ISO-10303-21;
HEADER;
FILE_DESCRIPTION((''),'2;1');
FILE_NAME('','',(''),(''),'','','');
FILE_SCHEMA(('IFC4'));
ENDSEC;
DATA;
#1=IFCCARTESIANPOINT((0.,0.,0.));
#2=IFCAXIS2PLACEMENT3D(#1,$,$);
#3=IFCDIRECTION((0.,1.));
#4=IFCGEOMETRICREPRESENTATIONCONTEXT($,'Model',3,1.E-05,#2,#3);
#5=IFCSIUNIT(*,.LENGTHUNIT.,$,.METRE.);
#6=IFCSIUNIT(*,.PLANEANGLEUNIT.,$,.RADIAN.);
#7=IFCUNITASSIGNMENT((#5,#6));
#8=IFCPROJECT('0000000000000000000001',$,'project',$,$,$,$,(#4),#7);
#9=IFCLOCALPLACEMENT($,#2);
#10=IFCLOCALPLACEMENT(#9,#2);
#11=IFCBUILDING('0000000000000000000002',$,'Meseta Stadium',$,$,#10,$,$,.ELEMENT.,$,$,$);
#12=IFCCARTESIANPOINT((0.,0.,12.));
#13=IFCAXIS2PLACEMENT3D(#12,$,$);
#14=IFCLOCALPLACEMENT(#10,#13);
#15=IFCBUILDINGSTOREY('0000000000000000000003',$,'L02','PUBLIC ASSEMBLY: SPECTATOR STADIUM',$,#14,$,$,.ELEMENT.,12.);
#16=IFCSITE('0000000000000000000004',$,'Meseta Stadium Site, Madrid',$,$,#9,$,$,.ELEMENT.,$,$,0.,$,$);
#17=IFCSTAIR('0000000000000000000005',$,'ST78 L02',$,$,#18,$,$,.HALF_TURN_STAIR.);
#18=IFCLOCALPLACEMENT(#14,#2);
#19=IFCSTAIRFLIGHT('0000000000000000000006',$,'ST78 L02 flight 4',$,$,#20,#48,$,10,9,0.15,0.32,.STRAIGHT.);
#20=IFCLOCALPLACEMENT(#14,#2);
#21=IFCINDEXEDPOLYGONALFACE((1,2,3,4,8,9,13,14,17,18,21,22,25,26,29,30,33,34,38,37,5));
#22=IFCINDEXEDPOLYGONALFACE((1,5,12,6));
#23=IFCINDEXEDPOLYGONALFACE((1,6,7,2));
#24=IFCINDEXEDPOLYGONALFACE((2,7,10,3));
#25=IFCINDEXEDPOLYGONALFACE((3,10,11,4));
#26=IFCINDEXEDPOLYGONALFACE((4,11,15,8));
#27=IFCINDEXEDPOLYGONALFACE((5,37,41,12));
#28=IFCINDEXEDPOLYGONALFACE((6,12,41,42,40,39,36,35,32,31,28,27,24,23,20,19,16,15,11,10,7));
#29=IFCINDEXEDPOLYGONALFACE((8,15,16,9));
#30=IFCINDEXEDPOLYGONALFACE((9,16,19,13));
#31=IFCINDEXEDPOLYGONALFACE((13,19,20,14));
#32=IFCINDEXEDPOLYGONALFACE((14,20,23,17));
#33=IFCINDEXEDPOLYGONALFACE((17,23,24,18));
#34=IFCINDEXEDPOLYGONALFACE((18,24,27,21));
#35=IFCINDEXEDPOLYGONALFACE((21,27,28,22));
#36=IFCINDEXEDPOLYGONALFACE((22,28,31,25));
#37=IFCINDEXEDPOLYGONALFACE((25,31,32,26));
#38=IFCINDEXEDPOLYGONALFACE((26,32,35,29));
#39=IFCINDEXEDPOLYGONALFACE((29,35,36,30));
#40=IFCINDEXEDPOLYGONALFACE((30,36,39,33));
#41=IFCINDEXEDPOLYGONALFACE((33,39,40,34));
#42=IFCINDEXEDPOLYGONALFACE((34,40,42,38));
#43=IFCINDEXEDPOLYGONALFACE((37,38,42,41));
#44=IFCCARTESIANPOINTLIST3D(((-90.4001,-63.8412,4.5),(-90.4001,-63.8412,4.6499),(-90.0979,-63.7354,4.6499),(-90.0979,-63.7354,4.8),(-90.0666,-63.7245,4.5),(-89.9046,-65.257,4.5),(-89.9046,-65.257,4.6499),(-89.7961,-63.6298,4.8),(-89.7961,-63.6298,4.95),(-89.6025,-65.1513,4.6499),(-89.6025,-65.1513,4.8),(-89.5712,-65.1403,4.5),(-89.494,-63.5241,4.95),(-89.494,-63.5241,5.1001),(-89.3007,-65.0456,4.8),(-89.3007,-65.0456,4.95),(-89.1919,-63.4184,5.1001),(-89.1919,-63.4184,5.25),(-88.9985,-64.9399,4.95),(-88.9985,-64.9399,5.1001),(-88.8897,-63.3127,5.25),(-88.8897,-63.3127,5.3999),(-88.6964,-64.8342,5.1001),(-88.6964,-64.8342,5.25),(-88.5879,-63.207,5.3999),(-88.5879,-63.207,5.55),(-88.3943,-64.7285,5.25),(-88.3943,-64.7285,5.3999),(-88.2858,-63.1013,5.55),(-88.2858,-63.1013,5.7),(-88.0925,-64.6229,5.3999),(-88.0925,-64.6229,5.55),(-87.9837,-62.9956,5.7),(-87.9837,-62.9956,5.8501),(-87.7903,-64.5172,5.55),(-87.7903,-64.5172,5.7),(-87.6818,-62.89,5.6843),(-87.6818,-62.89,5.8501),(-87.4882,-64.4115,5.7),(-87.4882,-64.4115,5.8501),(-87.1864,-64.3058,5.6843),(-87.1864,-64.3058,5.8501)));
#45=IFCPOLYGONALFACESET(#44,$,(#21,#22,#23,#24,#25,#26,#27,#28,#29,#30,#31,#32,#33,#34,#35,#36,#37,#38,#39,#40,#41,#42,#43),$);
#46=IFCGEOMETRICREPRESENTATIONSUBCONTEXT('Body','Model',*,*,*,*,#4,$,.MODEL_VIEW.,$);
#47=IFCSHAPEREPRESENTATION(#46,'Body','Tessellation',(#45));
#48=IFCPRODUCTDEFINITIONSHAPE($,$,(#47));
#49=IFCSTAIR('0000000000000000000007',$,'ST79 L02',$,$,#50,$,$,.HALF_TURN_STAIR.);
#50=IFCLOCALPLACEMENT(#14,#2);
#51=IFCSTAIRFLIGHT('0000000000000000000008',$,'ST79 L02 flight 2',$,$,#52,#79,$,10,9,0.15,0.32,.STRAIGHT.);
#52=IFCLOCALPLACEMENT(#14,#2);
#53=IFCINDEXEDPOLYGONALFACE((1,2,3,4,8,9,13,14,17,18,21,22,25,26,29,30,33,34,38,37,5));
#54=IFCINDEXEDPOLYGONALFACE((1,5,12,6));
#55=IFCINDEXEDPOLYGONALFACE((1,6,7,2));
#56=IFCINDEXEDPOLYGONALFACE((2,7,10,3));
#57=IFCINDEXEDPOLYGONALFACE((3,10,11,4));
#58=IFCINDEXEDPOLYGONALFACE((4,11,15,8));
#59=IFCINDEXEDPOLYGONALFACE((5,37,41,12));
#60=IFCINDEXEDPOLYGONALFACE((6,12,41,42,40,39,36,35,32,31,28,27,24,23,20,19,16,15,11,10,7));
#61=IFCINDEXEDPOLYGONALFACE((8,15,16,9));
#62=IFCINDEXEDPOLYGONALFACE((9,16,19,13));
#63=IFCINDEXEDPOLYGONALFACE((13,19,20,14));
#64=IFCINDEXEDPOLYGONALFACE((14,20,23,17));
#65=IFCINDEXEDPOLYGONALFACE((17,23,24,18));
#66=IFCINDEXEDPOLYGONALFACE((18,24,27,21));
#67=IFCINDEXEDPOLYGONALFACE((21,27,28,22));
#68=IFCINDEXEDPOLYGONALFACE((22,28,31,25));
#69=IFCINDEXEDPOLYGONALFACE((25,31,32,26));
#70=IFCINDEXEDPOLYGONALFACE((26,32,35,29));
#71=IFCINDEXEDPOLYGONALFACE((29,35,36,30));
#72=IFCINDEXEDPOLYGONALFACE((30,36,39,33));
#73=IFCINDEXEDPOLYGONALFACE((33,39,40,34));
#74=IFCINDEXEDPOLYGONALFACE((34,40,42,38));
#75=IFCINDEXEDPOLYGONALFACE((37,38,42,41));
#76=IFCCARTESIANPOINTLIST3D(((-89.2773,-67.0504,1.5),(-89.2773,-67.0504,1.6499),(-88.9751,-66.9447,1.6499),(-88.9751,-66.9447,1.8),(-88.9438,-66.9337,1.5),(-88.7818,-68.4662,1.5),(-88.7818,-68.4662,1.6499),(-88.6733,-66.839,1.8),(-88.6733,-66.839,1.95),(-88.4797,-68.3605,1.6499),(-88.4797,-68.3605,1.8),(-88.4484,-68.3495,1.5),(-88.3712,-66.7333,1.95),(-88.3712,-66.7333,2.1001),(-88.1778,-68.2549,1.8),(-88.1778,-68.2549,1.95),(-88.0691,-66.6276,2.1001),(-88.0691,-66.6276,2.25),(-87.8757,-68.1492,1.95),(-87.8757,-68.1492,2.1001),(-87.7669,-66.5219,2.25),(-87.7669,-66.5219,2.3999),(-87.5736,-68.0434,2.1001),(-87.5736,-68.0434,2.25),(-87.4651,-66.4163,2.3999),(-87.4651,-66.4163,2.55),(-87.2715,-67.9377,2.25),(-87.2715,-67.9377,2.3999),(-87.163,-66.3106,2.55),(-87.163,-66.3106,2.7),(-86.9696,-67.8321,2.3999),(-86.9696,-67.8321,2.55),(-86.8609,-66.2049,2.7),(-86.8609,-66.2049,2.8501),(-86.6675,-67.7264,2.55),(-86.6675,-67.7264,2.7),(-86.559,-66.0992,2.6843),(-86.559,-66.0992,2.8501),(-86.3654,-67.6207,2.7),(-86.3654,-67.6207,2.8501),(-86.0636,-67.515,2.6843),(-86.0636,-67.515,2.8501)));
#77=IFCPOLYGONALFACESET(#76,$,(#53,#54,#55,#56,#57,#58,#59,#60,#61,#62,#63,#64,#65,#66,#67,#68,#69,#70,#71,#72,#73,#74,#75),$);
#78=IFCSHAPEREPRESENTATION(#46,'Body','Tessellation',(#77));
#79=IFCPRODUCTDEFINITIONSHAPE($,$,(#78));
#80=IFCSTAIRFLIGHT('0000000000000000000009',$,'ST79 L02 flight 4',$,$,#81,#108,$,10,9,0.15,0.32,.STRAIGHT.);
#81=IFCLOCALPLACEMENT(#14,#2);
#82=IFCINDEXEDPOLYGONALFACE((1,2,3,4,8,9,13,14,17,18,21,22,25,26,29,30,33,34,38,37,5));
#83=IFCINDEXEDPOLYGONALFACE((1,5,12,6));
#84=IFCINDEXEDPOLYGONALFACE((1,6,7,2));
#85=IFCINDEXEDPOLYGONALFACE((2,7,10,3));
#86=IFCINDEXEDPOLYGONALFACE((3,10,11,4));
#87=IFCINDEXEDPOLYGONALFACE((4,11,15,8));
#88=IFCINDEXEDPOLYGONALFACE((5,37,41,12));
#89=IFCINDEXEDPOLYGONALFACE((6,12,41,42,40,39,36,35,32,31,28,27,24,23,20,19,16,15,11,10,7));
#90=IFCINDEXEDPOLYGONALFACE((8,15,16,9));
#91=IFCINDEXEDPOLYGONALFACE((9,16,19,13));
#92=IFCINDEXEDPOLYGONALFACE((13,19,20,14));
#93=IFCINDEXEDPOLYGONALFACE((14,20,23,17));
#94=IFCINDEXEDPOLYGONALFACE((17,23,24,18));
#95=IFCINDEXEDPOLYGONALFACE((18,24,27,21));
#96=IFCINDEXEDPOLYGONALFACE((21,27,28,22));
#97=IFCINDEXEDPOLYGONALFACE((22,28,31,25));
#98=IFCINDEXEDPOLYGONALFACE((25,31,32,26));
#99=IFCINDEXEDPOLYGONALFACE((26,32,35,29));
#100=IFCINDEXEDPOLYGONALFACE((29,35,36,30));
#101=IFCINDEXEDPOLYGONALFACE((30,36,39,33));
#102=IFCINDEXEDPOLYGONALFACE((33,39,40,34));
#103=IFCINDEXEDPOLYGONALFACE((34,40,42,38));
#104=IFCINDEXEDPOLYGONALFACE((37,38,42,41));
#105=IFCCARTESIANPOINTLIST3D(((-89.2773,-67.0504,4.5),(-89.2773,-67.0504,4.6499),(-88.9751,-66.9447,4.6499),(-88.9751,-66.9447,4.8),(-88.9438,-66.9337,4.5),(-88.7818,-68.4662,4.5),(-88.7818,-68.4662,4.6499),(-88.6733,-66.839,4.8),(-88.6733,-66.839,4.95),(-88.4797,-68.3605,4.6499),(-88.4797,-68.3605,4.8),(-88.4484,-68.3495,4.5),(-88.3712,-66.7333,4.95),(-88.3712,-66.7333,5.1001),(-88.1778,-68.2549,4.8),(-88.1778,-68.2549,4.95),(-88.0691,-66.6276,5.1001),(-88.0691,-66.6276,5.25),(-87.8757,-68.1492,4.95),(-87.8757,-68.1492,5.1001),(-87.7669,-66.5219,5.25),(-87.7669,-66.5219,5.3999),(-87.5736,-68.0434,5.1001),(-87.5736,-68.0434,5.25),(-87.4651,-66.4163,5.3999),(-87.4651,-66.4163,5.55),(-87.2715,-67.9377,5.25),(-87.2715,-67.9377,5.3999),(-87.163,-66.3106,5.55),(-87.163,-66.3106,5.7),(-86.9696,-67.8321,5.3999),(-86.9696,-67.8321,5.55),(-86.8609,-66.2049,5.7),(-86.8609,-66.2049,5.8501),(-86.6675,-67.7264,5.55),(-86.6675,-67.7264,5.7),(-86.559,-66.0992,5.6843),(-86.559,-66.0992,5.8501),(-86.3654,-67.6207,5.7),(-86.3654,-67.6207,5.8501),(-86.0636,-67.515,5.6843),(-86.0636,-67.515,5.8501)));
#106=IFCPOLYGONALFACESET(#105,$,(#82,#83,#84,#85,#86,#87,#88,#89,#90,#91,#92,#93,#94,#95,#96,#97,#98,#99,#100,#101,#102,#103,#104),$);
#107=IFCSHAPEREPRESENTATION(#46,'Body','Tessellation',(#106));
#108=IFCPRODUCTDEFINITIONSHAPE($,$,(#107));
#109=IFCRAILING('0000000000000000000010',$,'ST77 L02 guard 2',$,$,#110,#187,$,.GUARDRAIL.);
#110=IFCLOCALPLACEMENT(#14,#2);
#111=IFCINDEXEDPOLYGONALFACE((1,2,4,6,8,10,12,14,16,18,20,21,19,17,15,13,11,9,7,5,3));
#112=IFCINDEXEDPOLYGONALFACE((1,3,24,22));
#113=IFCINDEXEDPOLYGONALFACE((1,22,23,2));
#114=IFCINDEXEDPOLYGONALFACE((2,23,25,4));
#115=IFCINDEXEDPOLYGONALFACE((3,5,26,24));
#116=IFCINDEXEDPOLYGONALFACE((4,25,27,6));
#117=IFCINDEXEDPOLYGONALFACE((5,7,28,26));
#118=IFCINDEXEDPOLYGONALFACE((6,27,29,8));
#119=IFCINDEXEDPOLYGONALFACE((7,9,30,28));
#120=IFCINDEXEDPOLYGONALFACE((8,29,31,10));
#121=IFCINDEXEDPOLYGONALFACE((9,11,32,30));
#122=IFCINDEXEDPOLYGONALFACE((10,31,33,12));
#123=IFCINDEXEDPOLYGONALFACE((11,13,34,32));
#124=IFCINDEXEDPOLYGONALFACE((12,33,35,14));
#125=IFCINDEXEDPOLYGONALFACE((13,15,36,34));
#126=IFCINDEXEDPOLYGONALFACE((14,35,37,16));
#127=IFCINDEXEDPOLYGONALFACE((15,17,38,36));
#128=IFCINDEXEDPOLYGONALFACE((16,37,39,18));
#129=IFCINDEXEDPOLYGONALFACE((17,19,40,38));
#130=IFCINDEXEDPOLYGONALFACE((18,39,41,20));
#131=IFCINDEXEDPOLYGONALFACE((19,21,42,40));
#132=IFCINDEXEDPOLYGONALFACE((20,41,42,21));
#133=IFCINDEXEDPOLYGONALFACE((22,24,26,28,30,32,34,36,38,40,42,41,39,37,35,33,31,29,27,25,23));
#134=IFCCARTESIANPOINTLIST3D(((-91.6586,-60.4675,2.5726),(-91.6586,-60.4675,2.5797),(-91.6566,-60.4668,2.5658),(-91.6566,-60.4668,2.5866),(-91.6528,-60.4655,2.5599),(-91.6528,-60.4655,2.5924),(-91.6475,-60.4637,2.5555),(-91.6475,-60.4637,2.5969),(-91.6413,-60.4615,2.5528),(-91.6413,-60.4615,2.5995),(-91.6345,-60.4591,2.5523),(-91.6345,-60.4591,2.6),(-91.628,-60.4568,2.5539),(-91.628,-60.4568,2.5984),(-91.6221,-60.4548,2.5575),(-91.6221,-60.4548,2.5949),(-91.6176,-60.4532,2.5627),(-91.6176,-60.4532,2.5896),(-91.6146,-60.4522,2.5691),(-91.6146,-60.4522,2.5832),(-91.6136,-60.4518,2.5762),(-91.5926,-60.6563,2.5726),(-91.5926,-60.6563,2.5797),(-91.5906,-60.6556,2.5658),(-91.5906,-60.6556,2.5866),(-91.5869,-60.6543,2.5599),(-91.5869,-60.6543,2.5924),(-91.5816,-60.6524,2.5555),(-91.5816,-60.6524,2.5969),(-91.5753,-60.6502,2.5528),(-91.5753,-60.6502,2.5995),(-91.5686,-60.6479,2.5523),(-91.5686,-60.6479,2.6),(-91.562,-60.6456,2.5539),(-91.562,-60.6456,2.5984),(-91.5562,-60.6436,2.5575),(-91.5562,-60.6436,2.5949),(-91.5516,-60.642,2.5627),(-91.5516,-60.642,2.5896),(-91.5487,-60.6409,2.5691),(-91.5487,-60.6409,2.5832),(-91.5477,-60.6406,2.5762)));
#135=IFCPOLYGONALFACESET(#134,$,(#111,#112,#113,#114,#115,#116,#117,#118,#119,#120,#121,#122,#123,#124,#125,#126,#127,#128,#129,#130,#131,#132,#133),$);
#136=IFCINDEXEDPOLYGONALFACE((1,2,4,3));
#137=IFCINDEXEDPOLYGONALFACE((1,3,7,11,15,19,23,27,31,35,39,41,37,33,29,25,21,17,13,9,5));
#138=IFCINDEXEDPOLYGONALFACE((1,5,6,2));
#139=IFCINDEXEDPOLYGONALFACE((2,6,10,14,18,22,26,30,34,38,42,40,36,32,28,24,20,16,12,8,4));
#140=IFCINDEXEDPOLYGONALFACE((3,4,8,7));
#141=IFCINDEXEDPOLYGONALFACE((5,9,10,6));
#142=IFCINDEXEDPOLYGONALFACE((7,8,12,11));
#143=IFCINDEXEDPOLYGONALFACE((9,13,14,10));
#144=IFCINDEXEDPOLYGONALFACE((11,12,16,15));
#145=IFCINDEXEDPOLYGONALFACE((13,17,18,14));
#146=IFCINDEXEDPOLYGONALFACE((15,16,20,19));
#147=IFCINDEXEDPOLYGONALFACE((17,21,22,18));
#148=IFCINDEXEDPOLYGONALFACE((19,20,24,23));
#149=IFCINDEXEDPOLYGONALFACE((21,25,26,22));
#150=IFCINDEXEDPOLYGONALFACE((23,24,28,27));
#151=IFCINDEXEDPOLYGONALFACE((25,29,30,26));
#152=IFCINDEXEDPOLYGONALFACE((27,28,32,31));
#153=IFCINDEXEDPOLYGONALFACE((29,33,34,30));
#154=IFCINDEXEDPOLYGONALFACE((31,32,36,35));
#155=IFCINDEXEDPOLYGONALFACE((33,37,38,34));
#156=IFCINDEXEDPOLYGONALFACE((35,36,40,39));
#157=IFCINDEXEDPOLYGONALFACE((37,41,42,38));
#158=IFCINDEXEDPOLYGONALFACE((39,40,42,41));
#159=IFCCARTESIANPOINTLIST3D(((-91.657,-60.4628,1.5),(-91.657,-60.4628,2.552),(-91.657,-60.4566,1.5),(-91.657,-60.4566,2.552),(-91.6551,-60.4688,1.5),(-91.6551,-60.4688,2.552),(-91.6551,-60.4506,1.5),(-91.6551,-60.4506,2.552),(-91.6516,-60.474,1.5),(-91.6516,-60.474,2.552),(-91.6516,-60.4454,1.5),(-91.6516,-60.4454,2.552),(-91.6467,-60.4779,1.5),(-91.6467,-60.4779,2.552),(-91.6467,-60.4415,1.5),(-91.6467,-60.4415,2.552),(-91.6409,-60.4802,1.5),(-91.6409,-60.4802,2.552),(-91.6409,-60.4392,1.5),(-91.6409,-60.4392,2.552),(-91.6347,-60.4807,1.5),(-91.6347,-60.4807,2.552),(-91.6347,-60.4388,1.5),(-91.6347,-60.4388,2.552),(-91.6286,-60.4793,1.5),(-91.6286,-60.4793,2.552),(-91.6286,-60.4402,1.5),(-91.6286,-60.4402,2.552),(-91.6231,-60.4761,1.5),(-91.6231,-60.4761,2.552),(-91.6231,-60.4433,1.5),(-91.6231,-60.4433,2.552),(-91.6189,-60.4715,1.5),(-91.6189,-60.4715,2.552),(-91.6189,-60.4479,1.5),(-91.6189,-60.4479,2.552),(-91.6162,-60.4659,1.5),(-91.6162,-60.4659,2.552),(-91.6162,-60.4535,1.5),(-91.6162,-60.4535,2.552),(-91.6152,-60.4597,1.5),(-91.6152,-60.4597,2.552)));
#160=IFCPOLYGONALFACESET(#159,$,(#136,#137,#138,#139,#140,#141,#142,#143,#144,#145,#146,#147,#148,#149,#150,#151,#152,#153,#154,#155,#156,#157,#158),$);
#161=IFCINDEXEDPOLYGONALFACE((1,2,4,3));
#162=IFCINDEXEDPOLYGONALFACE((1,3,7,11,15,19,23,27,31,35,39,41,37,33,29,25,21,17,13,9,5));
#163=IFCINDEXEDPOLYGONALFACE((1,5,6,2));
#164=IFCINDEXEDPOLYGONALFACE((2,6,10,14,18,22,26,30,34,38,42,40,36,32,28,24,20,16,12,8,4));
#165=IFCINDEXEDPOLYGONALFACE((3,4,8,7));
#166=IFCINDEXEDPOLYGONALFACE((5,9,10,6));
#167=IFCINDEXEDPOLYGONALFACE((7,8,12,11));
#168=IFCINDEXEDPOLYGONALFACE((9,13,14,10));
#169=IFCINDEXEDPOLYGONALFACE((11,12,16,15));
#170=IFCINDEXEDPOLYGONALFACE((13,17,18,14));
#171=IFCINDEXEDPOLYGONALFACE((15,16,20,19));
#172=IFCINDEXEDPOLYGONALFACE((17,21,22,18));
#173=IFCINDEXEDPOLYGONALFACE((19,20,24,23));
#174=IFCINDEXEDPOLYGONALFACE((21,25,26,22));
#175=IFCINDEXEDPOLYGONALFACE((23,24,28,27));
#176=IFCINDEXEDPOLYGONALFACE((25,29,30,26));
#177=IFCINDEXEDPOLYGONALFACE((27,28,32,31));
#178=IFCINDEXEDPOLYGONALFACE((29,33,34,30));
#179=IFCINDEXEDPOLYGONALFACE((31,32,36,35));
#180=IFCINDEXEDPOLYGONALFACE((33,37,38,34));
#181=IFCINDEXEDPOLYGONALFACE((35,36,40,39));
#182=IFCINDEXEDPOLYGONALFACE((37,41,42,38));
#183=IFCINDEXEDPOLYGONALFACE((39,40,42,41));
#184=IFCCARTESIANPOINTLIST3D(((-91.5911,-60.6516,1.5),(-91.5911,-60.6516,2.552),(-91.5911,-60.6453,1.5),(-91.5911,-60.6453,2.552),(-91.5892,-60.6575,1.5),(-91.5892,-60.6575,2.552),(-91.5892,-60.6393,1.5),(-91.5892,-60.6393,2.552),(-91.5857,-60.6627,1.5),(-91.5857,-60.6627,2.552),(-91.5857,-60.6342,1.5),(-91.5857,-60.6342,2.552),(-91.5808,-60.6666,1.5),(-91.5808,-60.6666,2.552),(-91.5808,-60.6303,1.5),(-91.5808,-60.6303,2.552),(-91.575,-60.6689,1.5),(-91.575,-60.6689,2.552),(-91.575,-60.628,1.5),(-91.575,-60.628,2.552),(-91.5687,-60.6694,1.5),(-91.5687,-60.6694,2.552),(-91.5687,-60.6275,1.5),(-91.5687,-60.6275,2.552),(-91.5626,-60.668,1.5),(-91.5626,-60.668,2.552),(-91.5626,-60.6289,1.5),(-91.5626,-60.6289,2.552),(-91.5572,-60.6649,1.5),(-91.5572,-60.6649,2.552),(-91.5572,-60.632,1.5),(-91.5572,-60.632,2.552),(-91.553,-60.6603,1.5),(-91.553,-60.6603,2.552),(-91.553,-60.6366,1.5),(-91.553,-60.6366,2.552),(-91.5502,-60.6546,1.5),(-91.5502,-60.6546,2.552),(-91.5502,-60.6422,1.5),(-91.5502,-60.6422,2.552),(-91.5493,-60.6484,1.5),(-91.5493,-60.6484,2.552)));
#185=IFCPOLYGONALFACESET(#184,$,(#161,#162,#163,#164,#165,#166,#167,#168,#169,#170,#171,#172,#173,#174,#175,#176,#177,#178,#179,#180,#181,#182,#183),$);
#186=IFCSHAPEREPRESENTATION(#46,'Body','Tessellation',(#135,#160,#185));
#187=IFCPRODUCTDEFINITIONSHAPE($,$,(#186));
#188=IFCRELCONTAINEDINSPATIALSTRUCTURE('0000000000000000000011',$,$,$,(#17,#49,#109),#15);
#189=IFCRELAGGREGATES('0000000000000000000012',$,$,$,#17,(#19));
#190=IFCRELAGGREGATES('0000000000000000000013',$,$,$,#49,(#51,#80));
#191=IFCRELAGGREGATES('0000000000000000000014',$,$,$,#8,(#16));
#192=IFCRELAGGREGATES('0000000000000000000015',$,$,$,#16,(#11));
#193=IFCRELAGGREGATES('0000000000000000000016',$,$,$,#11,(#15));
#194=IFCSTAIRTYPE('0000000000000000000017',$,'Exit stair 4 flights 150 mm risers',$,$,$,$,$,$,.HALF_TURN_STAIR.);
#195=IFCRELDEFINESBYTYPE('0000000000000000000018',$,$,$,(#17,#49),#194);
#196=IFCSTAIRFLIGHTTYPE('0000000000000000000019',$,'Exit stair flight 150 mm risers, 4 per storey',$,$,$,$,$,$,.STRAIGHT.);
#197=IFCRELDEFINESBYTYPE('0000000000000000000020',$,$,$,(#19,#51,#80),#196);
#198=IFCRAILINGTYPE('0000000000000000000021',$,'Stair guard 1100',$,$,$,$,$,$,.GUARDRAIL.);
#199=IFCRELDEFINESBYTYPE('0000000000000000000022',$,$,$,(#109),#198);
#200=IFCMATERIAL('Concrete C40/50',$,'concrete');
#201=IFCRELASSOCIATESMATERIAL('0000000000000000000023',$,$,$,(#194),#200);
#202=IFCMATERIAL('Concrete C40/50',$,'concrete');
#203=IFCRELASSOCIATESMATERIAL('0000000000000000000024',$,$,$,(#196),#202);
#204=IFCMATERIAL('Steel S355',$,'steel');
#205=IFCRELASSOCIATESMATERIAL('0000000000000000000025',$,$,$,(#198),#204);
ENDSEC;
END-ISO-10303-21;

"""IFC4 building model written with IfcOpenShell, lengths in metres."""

from ifc_helpers import new_model, si_unit, direction, frame, origin, origin_2d, place, context, subcontext, project, spatial, polyline, circle, outline, extrude, material, type_object, element, aggregate, save


model = new_model("IFC4")

# Units and contexts
model_context = context("Model", 3, precision=1e-05, world=origin(), true_north=direction((0.0, 1.0)))
body_context = subcontext(model_context, "Body", "Model", "MODEL_VIEW")
ifc_project = project(units=[si_unit("LENGTHUNIT", "METRE"), si_unit("PLANEANGLEUNIT", "RADIAN")], contexts=[model_context])

# Site, building, storey
site_placement = place(None, origin())
site = spatial("IfcSite", under=ifc_project, at=site_placement, Name="Meseta Stadium Site, Madrid", CompositionType="ELEMENT", RefElevation=0.0)
building_placement = place(site_placement, origin())
building = spatial("IfcBuilding", under=site, at=building_placement, Name="Meseta Stadium", CompositionType="ELEMENT")
storey_placement = place(building_placement, frame((0.0, 0.0, 12.0)))
storey = spatial("IfcBuildingStorey", under=building, at=storey_placement, Name="L02", Description="PUBLIC ASSEMBLY: SPECTATOR STADIUM", CompositionType="ELEMENT", Elevation=12.0)

# Stairs, stair flights
ifc_material_1 = material(Name="Concrete C40/50", Category="concrete")
stair_type = type_object("IfcStairType", Name="Exit stair 4 flights 150 mm risers", PredefinedType="HALF_TURN_STAIR", material=ifc_material_1)
ifc_material_2 = material(Name="Concrete C40/50", Category="concrete")
stair_flight_type = type_object("IfcStairFlightType", Name="Exit stair flight 150 mm risers, 4 per storey", PredefinedType="STRAIGHT", material=ifc_material_2)
stair_1_placement = place(storey_placement, origin())
stair_1 = element("IfcStair", 1, at=stair_1_placement, inside=storey, type_object=stair_type, Name="ST78 L02", PredefinedType="HALF_TURN_STAIR")
stair_flight_1_placement = place(storey_placement, frame((-90.1523, -64.5491, 4.5), z_axis=(0.0, 0.0, 1.0), x_axis=(0.943883, 0.330279, 0.0)))
stair_flight_1 = element("IfcStairFlight", 2, at=stair_flight_1_placement, type_object=stair_flight_type, Name="ST78 L02 flight 4", NumberOfRisers=10, NumberOfTreads=9, PredefinedType="STRAIGHT", RiserHeight=0.15, TreadLength=0.32, context=body_context, shape_type="SweptSolid", body=[
    extrude(outline(polyline([(0.0, 0.0), (0.0, 0.1499), (0.3201, 0.1499), (0.3201, 0.3), (0.6399, 0.3), (0.6399, 0.45), (0.96, 0.45), (0.96, 0.6001), (1.28, 0.6001), (1.28, 0.75), (1.6001, 0.75), (1.6001, 0.8999), (1.9199, 0.8999), (1.9199, 1.05), (2.24, 1.05), (2.24, 1.2), (2.5601, 1.2), (2.5601, 1.3501), (2.8799, 1.3501), (2.8799, 1.1843), (0.3533, 0.0), (0.0, 0.0)])), frame((0.0, 0.75, 0.0), z_axis=(0.0, -1.0, 0.0), x_axis=(1.0, 0.0, 0.0)), (0.0, 0.0, 1.0), 1.5),
])
aggregate(stair_1, [stair_flight_1])
stair_2_placement = place(storey_placement, origin())
stair_2 = element("IfcStair", 3, at=stair_2_placement, inside=storey, type_object=stair_type, Name="ST79 L02", PredefinedType="HALF_TURN_STAIR")
stair_flight_2_placement = place(storey_placement, frame((-89.0295, -67.7583, 1.5), z_axis=(0.0, 0.0, 1.0), x_axis=(0.943883, 0.330279, 0.0)))
stair_flight_2 = element("IfcStairFlight", 4, at=stair_flight_2_placement, type_object=stair_flight_type, Name="ST79 L02 flight 2", NumberOfRisers=10, NumberOfTreads=9, PredefinedType="STRAIGHT", RiserHeight=0.15, TreadLength=0.32, context=body_context, shape_type="SweptSolid", body=[
    extrude(outline(polyline([(0.0, 0.0), (0.0, 0.1499), (0.3201, 0.1499), (0.3201, 0.3), (0.6399, 0.3), (0.6399, 0.45), (0.96, 0.45), (0.96, 0.6001), (1.28, 0.6001), (1.28, 0.75), (1.6001, 0.75), (1.6001, 0.8999), (1.9199, 0.8999), (1.9199, 1.05), (2.24, 1.05), (2.24, 1.2), (2.5601, 1.2), (2.5601, 1.3501), (2.8799, 1.3501), (2.8799, 1.1843), (0.3533, 0.0), (0.0, 0.0)])), frame((0.0, 0.75, 0.0), z_axis=(0.0, -1.0, 0.0), x_axis=(1.0, 0.0, 0.0)), (0.0, 0.0, 1.0), 1.5),
])
stair_flight_3_placement = place(storey_placement, frame((-89.0295, -67.7583, 4.5), z_axis=(0.0, 0.0, 1.0), x_axis=(0.943883, 0.330279, 0.0)))
stair_flight_3 = element("IfcStairFlight", 5, at=stair_flight_3_placement, type_object=stair_flight_type, Name="ST79 L02 flight 4", NumberOfRisers=10, NumberOfTreads=9, PredefinedType="STRAIGHT", RiserHeight=0.15, TreadLength=0.32, context=body_context, shape_type="SweptSolid", body=[
    extrude(outline(polyline([(0.0, 0.0), (0.0, 0.1499), (0.3201, 0.1499), (0.3201, 0.3), (0.6399, 0.3), (0.6399, 0.45), (0.96, 0.45), (0.96, 0.6001), (1.28, 0.6001), (1.28, 0.75), (1.6001, 0.75), (1.6001, 0.8999), (1.9199, 0.8999), (1.9199, 1.05), (2.24, 1.05), (2.24, 1.2), (2.5601, 1.2), (2.5601, 1.3501), (2.8799, 1.3501), (2.8799, 1.1843), (0.3533, 0.0), (0.0, 0.0)])), frame((0.0, 0.75, 0.0), z_axis=(0.0, -1.0, 0.0), x_axis=(1.0, 0.0, 0.0)), (0.0, 0.0, 1.0), 1.5),
])
aggregate(stair_2, [stair_flight_2, stair_flight_3])

# Railing
ifc_material_3 = material(Name="Steel S355", Category="steel")
railing_type_1 = type_object("IfcRailingType", Name="Stair guard 1100", PredefinedType="GUARDRAIL", material=ifc_material_3)
railing_1_placement = place(storey_placement, frame((-91.6362, -60.4597, 1.5)))
element("IfcRailing", 6, at=railing_1_placement, inside=storey, type_object=railing_type_1, Name="ST77 L02 guard 2", PredefinedType="GUARDRAIL", context=body_context, shape_type="SweptSolid", body=[
    extrude(circle(Radius=0.0239, at=origin_2d()), frame((0.0, 0.0, 1.0762), z_axis=(0.329752, -0.944068, 0.0), x_axis=(0.944068, 0.329752, 0.0)), (0.0, 0.0, 1.0), 0.2),
    extrude(circle(Radius=0.021, at=origin_2d()), origin(), (0.0, 0.0, 1.0), 1.052),
    extrude(circle(Radius=0.021, at=origin_2d()), frame((0.0659, -0.1887, 0.0)), (0.0, 0.0, 1.0), 1.052),
])

save(model, "model.ifc")
